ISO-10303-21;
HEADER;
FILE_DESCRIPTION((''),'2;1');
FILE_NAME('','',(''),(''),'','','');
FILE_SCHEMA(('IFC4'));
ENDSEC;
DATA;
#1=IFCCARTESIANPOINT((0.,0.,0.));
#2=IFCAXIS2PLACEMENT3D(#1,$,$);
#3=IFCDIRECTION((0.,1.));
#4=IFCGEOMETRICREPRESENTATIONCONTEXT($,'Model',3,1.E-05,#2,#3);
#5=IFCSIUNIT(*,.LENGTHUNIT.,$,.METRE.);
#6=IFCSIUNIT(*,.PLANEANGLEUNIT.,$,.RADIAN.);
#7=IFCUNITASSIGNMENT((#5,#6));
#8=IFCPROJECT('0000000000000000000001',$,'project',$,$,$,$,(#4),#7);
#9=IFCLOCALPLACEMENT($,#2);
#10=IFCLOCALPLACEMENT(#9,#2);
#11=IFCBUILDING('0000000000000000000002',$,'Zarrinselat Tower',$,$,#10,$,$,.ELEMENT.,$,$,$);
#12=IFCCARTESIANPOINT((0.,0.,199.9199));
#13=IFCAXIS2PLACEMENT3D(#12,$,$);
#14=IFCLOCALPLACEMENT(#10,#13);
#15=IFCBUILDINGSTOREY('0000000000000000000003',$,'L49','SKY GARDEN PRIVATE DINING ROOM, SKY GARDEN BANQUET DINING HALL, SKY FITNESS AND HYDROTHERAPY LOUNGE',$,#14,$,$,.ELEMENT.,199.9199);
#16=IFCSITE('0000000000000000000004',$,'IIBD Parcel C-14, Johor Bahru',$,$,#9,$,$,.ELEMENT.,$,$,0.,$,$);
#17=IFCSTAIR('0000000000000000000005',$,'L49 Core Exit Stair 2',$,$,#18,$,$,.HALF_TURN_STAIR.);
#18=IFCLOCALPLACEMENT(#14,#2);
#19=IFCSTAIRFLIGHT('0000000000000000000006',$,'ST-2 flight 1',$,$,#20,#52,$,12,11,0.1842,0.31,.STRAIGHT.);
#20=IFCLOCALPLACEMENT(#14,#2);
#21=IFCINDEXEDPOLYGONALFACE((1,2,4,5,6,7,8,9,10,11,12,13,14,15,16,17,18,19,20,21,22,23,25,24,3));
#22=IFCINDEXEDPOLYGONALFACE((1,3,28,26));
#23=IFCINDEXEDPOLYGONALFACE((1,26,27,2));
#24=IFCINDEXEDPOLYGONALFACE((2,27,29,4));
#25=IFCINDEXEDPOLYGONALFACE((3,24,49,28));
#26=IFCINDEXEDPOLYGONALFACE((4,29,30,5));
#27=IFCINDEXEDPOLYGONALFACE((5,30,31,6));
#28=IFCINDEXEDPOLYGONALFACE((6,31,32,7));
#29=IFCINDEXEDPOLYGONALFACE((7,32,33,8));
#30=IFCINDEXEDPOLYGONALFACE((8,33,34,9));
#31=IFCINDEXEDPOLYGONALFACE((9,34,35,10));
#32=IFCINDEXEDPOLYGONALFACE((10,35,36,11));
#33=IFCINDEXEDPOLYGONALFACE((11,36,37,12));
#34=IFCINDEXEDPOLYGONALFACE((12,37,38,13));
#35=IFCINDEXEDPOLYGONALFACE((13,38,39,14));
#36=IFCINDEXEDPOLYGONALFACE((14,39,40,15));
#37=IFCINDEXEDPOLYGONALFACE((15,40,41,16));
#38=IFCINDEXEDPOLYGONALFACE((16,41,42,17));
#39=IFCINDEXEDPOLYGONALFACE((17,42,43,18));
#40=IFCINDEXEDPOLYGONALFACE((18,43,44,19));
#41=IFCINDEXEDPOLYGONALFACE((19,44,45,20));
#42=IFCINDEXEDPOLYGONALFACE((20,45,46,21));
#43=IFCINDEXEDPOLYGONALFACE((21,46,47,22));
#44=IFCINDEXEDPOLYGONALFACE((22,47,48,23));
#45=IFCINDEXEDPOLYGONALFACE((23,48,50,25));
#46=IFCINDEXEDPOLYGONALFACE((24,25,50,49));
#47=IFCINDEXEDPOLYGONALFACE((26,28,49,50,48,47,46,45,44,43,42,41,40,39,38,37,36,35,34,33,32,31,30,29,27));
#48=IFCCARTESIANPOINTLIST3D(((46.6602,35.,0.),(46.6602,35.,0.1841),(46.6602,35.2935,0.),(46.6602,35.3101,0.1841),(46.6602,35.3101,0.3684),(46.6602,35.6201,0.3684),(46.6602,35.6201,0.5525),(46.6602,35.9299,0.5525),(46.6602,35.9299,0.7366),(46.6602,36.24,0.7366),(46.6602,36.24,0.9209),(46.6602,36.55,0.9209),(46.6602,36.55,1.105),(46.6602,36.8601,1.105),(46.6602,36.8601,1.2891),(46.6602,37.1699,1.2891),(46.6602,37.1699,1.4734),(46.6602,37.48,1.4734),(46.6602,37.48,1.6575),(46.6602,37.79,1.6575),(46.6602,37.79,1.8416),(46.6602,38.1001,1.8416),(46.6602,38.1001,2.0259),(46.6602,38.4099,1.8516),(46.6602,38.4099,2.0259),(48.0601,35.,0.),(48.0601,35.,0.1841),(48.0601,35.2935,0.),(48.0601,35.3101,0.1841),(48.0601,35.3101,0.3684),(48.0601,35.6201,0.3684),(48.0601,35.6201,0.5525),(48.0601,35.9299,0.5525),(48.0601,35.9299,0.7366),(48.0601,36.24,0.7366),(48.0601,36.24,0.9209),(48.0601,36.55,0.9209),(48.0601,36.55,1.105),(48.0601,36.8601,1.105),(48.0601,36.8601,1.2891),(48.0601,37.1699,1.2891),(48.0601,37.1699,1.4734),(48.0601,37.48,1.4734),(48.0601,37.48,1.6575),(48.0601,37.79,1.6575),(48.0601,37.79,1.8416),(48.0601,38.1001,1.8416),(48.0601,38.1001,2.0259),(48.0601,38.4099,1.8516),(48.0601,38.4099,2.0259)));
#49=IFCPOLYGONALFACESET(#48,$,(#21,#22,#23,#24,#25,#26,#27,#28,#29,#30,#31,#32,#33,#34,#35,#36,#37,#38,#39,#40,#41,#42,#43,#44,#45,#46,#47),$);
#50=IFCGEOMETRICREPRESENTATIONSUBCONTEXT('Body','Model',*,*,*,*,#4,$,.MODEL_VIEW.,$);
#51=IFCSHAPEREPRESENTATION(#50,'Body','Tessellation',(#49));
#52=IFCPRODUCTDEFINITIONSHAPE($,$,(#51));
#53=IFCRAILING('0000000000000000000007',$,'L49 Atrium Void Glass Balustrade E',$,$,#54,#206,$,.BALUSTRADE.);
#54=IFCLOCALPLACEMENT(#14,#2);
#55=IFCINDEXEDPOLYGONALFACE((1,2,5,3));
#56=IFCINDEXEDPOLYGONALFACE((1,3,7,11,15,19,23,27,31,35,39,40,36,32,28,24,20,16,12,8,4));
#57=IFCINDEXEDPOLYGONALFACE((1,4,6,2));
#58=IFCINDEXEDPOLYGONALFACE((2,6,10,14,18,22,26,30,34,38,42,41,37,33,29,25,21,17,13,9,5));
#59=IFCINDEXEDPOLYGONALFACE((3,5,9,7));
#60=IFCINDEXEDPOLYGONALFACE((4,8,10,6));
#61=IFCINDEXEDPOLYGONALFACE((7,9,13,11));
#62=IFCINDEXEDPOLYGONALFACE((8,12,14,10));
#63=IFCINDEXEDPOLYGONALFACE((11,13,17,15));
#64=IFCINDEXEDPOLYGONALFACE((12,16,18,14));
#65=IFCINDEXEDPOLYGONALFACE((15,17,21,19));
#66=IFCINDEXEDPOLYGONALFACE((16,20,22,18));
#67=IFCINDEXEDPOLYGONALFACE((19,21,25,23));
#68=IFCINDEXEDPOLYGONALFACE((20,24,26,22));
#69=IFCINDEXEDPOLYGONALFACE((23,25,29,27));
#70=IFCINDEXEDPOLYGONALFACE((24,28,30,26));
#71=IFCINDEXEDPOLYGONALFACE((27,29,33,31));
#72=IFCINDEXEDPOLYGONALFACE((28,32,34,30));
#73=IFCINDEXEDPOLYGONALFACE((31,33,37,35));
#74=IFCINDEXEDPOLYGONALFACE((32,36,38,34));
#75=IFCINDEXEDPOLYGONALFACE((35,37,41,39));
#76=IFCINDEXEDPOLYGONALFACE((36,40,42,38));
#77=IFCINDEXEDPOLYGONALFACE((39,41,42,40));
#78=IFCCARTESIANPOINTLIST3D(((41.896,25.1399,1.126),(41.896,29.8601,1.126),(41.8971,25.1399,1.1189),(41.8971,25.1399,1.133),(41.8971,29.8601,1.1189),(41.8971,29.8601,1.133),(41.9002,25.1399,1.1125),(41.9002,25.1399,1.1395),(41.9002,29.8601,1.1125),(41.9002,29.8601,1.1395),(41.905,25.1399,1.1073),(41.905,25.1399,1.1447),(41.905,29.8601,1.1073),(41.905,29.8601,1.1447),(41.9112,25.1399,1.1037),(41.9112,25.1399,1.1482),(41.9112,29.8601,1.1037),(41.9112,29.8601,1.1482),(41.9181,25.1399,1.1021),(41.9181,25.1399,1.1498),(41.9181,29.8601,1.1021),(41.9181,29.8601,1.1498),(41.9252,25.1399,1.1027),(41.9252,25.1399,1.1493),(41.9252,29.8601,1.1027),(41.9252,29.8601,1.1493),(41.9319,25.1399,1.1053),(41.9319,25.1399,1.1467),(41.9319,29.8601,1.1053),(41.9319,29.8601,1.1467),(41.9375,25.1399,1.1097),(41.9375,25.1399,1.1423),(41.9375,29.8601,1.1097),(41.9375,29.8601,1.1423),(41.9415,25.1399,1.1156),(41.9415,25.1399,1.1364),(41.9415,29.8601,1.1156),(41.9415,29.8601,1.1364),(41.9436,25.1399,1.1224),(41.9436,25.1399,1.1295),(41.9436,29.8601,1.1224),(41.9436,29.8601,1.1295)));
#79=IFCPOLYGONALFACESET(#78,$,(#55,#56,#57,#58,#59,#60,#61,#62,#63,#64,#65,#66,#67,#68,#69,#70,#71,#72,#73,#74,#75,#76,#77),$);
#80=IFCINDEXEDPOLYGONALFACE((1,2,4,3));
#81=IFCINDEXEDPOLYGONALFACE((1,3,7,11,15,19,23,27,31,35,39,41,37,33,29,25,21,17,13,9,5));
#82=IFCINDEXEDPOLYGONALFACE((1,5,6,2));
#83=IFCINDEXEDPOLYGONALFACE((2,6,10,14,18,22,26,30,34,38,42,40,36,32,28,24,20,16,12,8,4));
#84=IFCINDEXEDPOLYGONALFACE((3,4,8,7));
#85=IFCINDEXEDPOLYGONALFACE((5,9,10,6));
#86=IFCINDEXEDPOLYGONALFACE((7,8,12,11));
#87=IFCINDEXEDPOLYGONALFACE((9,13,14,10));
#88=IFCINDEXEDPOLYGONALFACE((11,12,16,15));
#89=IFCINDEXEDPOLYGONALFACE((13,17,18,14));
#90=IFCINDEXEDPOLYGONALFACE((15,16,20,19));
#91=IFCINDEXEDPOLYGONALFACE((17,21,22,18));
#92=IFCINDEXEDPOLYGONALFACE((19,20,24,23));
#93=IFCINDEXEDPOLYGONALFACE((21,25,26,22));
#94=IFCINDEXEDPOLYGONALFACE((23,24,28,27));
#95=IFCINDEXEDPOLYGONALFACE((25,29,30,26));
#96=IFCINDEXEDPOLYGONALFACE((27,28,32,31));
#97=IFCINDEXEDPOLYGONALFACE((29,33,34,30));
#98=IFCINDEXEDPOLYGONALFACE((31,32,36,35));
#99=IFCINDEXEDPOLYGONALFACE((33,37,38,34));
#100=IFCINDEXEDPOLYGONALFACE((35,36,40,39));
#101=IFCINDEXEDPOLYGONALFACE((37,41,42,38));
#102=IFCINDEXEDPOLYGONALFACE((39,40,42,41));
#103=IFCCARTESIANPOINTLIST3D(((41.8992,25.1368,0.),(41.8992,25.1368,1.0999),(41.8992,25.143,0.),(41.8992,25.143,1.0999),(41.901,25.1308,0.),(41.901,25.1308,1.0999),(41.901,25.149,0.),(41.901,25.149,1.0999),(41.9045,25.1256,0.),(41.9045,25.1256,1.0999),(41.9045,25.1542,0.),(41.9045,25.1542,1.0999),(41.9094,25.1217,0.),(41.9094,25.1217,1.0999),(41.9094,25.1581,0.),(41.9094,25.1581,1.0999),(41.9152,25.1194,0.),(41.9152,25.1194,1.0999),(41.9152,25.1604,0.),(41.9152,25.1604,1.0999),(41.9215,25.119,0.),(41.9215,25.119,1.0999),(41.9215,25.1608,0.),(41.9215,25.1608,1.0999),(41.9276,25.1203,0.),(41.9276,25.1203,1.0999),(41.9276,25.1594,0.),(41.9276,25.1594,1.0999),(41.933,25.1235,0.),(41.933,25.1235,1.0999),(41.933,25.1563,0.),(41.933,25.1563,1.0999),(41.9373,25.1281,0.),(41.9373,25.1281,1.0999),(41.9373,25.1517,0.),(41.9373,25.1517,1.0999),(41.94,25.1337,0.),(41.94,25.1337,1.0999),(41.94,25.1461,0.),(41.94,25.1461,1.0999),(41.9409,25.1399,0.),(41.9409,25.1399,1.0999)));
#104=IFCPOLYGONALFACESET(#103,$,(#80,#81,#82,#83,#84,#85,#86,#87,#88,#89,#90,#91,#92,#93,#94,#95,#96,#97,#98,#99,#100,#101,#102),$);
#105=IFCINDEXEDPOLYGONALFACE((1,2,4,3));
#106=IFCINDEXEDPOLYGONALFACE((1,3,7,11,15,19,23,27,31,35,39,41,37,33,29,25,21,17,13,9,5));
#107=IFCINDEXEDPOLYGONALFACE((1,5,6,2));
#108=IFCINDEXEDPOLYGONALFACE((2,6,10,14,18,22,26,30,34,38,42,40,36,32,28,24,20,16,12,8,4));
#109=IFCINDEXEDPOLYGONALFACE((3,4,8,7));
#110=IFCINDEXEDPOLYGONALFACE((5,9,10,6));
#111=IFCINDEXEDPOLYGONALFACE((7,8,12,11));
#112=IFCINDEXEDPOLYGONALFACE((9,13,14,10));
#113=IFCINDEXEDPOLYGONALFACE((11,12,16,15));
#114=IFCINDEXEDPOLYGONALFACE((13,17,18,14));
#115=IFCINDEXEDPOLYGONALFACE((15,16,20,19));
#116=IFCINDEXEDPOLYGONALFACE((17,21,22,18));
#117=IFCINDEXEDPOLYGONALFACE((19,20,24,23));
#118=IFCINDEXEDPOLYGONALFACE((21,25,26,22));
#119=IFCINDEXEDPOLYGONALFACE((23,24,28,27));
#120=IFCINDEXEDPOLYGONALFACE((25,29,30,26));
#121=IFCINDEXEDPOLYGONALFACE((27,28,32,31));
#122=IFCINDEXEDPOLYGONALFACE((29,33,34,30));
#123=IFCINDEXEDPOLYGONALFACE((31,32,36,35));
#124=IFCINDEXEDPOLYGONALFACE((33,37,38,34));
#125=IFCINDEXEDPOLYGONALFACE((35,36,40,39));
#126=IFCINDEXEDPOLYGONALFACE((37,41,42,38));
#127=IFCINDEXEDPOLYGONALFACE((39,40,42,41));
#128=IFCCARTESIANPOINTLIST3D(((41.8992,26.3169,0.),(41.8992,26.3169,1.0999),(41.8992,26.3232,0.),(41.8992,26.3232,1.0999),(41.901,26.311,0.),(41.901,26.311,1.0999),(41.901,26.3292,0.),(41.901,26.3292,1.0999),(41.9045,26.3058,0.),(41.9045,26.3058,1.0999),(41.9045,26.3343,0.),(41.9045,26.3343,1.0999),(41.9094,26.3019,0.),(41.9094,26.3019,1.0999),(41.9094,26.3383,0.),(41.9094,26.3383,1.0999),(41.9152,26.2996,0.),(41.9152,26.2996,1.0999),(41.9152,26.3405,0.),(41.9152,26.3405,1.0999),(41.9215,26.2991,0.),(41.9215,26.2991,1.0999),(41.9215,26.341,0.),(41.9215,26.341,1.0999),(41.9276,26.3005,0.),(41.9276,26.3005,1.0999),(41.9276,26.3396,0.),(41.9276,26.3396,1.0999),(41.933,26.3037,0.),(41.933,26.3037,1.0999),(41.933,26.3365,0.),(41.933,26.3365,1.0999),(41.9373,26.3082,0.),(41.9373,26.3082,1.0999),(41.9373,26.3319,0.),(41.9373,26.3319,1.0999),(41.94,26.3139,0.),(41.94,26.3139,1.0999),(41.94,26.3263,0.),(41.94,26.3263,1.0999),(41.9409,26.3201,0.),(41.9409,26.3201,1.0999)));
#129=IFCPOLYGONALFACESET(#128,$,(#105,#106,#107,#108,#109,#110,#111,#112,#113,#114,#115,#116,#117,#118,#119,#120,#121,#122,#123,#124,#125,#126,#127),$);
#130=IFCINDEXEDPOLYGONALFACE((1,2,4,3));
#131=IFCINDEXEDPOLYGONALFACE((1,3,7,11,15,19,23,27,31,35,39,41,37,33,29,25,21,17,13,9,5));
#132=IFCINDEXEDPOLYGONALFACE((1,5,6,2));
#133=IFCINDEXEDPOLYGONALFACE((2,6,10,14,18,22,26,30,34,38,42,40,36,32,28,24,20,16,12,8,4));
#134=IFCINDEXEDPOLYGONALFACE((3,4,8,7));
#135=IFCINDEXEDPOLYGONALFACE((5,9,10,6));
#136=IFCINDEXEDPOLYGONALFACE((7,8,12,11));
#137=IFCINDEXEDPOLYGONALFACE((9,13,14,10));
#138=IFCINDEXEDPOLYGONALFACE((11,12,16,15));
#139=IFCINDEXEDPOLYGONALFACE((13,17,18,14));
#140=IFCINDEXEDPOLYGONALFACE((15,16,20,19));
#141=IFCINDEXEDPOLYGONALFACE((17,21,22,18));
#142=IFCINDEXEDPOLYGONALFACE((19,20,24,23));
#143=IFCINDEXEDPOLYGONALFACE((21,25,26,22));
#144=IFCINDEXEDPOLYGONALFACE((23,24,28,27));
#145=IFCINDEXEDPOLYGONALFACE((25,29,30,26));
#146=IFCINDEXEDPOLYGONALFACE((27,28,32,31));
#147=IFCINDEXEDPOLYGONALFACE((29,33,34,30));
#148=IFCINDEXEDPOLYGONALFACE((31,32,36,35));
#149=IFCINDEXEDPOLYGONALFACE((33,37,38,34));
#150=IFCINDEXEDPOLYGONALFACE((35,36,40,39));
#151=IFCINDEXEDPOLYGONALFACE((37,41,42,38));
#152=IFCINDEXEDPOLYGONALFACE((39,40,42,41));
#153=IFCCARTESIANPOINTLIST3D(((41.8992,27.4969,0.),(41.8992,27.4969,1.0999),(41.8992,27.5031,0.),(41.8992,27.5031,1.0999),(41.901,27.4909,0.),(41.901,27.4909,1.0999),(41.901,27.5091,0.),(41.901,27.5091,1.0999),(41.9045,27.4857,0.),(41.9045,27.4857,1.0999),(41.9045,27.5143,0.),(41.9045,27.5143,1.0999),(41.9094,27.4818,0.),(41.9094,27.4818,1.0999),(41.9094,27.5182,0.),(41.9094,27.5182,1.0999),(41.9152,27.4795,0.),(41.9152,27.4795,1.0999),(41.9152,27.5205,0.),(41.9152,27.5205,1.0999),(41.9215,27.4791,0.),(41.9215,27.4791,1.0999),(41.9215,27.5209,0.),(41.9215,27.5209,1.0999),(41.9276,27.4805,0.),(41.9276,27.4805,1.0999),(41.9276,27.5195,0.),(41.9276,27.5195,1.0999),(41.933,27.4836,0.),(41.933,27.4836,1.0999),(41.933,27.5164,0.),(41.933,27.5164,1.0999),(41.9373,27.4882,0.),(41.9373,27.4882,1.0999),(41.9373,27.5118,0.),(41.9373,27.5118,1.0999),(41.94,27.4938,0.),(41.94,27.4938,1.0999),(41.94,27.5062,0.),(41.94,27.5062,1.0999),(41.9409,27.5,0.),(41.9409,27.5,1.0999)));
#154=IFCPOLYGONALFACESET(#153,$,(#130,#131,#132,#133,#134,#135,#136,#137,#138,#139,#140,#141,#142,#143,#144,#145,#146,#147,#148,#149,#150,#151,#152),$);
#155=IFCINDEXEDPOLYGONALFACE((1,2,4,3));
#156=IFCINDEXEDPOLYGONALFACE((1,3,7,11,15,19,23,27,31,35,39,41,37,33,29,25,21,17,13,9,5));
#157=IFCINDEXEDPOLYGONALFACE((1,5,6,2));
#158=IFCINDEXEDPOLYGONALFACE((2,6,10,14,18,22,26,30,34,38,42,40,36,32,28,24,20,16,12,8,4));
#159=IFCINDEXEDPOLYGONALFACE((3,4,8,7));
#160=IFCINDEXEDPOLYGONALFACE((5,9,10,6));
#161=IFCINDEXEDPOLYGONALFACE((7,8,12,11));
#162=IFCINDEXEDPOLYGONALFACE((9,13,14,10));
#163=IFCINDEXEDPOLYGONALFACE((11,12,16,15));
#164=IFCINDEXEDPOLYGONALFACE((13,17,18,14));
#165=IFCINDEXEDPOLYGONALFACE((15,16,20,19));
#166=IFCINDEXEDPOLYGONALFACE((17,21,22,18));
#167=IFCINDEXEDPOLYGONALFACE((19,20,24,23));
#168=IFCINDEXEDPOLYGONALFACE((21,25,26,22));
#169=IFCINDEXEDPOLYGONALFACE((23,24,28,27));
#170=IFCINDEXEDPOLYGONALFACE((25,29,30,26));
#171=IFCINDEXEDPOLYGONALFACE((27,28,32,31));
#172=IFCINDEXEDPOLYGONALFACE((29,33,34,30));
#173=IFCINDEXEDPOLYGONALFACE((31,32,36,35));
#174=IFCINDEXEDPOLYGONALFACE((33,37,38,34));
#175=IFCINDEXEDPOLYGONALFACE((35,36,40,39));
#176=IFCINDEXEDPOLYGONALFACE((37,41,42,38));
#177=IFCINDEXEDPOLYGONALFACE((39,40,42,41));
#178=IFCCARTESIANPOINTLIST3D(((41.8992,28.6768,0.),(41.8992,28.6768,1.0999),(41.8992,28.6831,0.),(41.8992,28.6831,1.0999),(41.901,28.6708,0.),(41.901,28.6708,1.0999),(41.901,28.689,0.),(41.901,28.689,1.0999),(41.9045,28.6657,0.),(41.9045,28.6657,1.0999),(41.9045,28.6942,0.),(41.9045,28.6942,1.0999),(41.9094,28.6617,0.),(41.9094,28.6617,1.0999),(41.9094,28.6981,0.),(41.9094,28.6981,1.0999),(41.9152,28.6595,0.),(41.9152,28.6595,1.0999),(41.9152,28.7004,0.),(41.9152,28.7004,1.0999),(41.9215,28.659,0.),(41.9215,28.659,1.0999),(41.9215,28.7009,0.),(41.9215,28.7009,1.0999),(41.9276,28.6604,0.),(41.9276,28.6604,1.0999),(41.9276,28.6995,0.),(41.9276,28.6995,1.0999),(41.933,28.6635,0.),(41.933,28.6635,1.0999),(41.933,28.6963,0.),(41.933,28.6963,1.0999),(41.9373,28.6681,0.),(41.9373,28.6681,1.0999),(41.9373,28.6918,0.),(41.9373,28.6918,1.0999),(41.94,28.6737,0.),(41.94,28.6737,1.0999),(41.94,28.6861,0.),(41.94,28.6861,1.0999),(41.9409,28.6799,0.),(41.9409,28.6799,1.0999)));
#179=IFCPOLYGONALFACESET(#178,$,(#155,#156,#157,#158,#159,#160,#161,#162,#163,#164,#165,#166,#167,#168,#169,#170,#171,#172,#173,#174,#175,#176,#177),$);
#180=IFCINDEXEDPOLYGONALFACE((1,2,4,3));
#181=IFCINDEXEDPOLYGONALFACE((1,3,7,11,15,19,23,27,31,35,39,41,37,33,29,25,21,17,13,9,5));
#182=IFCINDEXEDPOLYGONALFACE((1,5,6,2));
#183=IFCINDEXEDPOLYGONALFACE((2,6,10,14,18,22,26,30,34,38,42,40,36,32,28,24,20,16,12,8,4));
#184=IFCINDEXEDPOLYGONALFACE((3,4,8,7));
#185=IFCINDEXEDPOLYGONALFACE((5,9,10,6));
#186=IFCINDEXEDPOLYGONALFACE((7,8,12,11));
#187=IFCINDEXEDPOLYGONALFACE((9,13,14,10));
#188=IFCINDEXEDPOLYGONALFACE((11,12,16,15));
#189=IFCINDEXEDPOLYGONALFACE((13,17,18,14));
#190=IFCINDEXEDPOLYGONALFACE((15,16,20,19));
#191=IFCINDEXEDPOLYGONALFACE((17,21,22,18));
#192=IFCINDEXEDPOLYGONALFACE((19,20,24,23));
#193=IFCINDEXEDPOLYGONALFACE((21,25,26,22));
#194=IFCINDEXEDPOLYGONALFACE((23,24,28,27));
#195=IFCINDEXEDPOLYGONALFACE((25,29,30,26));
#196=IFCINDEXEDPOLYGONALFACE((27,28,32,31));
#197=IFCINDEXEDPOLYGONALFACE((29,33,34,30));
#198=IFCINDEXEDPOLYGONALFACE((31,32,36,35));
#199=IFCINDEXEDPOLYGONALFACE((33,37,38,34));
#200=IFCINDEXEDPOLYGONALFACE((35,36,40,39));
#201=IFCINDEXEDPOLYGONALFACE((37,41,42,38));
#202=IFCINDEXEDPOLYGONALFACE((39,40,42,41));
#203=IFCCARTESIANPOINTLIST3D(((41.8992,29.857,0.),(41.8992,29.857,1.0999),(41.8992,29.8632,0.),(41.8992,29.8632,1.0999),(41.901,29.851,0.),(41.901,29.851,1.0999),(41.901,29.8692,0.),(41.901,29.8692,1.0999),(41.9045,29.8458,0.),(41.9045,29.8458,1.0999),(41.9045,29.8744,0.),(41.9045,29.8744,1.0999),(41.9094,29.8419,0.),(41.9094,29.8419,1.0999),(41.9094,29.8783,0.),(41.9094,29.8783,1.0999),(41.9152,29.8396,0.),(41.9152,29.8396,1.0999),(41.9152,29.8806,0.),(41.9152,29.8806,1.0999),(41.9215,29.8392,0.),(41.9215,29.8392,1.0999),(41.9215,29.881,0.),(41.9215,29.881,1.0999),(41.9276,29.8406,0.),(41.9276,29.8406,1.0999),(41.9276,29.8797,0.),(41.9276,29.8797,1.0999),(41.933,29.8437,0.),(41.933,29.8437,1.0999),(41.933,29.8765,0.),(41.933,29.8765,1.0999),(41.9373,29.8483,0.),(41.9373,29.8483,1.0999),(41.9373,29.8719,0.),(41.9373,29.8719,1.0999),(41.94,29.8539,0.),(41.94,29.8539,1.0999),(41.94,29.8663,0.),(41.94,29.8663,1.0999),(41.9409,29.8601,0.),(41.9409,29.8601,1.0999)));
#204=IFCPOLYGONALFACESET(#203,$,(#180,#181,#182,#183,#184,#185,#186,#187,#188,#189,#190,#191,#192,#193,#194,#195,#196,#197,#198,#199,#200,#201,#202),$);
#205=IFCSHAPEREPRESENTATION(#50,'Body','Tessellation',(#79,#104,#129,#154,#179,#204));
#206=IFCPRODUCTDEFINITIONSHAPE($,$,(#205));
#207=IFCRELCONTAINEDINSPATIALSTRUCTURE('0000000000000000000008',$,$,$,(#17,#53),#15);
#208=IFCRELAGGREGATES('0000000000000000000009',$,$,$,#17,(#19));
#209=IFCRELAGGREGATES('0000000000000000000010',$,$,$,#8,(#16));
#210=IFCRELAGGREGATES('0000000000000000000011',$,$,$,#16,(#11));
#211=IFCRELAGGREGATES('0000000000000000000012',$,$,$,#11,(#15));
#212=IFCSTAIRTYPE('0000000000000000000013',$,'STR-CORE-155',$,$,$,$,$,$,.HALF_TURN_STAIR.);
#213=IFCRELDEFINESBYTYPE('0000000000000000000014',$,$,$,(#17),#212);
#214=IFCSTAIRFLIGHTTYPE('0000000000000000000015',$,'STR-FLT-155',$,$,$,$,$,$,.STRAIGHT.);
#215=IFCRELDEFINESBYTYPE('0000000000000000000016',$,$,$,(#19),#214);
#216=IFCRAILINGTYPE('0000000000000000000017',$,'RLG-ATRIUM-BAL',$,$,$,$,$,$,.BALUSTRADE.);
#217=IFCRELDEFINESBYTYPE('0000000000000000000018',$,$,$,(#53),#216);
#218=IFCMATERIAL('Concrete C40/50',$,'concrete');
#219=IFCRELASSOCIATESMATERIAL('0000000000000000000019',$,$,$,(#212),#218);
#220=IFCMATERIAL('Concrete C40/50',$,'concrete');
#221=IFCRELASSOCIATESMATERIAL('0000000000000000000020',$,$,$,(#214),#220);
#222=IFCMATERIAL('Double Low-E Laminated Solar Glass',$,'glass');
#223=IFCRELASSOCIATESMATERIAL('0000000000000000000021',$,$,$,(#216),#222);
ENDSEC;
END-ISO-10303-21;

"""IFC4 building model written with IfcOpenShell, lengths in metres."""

from ifc_helpers import new_model, si_unit, direction, frame, origin, origin_2d, place, context, subcontext, project, spatial, polyline, circle, outline, extrude, material, type_object, element, aggregate, save


model = new_model("IFC4")

# Units and contexts
model_context = context("Model", 3, precision=1e-05, world=origin(), true_north=direction((0.0, 1.0)))
body_context = subcontext(model_context, "Body", "Model", "MODEL_VIEW")
ifc_project = project(units=[si_unit("LENGTHUNIT", "METRE"), si_unit("PLANEANGLEUNIT", "RADIAN")], contexts=[model_context])

# Site, building, storey
site_placement = place(None, origin())
site = spatial("IfcSite", under=ifc_project, at=site_placement, Name="IIBD Parcel C-14, Johor Bahru", CompositionType="ELEMENT", RefElevation=0.0)
building_placement = place(site_placement, origin())
building = spatial("IfcBuilding", under=site, at=building_placement, Name="Zarrinselat Tower", CompositionType="ELEMENT")
storey_placement = place(building_placement, frame((0.0, 0.0, 199.9199)))
storey = spatial("IfcBuildingStorey", under=building, at=storey_placement, Name="L49", Description="SKY GARDEN PRIVATE DINING ROOM, SKY GARDEN BANQUET DINING HALL, SKY FITNESS AND HYDROTHERAPY LOUNGE", CompositionType="ELEMENT", Elevation=199.9199)

# Stair, stair flight
ifc_material_1 = material(Name="Concrete C40/50", Category="concrete")
stair_type = type_object("IfcStairType", Name="STR-CORE-155", PredefinedType="HALF_TURN_STAIR", material=ifc_material_1)
stair_placement = place(storey_placement, origin())
stair = element("IfcStair", 1, at=stair_placement, inside=storey, type_object=stair_type, Name="L49 Core Exit Stair 2", PredefinedType="HALF_TURN_STAIR")
ifc_material_2 = material(Name="Concrete C40/50", Category="concrete")
stair_flight_type = type_object("IfcStairFlightType", Name="STR-FLT-155", PredefinedType="STRAIGHT", material=ifc_material_2)
stair_flight_placement = place(storey_placement, frame((47.3601, 35.0, 0.0), z_axis=(0.0, 0.0, 1.0), x_axis=(0.0, 1.0, 0.0)))
stair_flight = element("IfcStairFlight", 2, at=stair_flight_placement, type_object=stair_flight_type, Name="ST-2 flight 1", NumberOfRisers=12, NumberOfTreads=11, PredefinedType="STRAIGHT", RiserHeight=0.1842, TreadLength=0.31, context=body_context, shape_type="SweptSolid", body=[
    extrude(outline(polyline([(0.0, 0.0), (0.0, 0.1841), (0.3101, 0.1841), (0.3101, 0.3684), (0.6201, 0.3684), (0.6201, 0.5525), (0.9299, 0.5525), (0.9299, 0.7366), (1.24, 0.7366), (1.24, 0.9209), (1.55, 0.9209), (1.55, 1.105), (1.8601, 1.105), (1.8601, 1.2891), (2.1699, 1.2891), (2.1699, 1.4734), (2.48, 1.4734), (2.48, 1.6575), (2.79, 1.6575), (2.79, 1.8416), (3.1001, 1.8416), (3.1001, 2.0259), (3.4099, 2.0259), (3.4099, 2.21), (3.4099, 1.8516), (0.2935, 0.0), (0.0, 0.0)])), frame((0.0, 0.7, 0.0), z_axis=(0.0, -1.0, 0.0), x_axis=(1.0, 0.0, 0.0)), (0.0, 0.0, 1.0), 1.3999),
])
aggregate(stair, [stair_flight])

# Railing
ifc_material_3 = material(Name="Double Low-E Laminated Solar Glass", Category="glass")
railing_type_1 = type_object("IfcRailingType", Name="RLG-ATRIUM-BAL", PredefinedType="BALUSTRADE", material=ifc_material_3)
railing_1_placement = place(storey_placement, frame((41.9199, 25.1399, 0.0)))
element("IfcRailing", 3, at=railing_1_placement, inside=storey, type_object=railing_type_1, Name="L49 Atrium Void Glass Balustrade E", PredefinedType="BALUSTRADE", context=body_context, shape_type="SweptSolid", body=[
    extrude(circle(Radius=0.0239, at=origin_2d()), frame((0.0, 0.0, 1.126), z_axis=(0.0, 1.0, 0.0), x_axis=(-1.0, 0.0, 0.0)), (0.0, 0.0, 1.0), 4.7202),
    extrude(circle(Radius=0.021, at=origin_2d()), origin(), (0.0, 0.0, 1.0), 1.0999),
    extrude(circle(Radius=0.021, at=origin_2d()), frame((0.0, 1.1802, 0.0)), (0.0, 0.0, 1.0), 1.0999),
    extrude(circle(Radius=0.021, at=origin_2d()), frame((0.0, 2.3601, 0.0)), (0.0, 0.0, 1.0), 1.0999),
    extrude(circle(Radius=0.021, at=origin_2d()), frame((0.0, 3.54, 0.0)), (0.0, 0.0, 1.0), 1.0999),
    extrude(circle(Radius=0.021, at=origin_2d()), frame((0.0, 4.7202, 0.0)), (0.0, 0.0, 1.0), 1.0999),
])

save(model, "model.ifc")
